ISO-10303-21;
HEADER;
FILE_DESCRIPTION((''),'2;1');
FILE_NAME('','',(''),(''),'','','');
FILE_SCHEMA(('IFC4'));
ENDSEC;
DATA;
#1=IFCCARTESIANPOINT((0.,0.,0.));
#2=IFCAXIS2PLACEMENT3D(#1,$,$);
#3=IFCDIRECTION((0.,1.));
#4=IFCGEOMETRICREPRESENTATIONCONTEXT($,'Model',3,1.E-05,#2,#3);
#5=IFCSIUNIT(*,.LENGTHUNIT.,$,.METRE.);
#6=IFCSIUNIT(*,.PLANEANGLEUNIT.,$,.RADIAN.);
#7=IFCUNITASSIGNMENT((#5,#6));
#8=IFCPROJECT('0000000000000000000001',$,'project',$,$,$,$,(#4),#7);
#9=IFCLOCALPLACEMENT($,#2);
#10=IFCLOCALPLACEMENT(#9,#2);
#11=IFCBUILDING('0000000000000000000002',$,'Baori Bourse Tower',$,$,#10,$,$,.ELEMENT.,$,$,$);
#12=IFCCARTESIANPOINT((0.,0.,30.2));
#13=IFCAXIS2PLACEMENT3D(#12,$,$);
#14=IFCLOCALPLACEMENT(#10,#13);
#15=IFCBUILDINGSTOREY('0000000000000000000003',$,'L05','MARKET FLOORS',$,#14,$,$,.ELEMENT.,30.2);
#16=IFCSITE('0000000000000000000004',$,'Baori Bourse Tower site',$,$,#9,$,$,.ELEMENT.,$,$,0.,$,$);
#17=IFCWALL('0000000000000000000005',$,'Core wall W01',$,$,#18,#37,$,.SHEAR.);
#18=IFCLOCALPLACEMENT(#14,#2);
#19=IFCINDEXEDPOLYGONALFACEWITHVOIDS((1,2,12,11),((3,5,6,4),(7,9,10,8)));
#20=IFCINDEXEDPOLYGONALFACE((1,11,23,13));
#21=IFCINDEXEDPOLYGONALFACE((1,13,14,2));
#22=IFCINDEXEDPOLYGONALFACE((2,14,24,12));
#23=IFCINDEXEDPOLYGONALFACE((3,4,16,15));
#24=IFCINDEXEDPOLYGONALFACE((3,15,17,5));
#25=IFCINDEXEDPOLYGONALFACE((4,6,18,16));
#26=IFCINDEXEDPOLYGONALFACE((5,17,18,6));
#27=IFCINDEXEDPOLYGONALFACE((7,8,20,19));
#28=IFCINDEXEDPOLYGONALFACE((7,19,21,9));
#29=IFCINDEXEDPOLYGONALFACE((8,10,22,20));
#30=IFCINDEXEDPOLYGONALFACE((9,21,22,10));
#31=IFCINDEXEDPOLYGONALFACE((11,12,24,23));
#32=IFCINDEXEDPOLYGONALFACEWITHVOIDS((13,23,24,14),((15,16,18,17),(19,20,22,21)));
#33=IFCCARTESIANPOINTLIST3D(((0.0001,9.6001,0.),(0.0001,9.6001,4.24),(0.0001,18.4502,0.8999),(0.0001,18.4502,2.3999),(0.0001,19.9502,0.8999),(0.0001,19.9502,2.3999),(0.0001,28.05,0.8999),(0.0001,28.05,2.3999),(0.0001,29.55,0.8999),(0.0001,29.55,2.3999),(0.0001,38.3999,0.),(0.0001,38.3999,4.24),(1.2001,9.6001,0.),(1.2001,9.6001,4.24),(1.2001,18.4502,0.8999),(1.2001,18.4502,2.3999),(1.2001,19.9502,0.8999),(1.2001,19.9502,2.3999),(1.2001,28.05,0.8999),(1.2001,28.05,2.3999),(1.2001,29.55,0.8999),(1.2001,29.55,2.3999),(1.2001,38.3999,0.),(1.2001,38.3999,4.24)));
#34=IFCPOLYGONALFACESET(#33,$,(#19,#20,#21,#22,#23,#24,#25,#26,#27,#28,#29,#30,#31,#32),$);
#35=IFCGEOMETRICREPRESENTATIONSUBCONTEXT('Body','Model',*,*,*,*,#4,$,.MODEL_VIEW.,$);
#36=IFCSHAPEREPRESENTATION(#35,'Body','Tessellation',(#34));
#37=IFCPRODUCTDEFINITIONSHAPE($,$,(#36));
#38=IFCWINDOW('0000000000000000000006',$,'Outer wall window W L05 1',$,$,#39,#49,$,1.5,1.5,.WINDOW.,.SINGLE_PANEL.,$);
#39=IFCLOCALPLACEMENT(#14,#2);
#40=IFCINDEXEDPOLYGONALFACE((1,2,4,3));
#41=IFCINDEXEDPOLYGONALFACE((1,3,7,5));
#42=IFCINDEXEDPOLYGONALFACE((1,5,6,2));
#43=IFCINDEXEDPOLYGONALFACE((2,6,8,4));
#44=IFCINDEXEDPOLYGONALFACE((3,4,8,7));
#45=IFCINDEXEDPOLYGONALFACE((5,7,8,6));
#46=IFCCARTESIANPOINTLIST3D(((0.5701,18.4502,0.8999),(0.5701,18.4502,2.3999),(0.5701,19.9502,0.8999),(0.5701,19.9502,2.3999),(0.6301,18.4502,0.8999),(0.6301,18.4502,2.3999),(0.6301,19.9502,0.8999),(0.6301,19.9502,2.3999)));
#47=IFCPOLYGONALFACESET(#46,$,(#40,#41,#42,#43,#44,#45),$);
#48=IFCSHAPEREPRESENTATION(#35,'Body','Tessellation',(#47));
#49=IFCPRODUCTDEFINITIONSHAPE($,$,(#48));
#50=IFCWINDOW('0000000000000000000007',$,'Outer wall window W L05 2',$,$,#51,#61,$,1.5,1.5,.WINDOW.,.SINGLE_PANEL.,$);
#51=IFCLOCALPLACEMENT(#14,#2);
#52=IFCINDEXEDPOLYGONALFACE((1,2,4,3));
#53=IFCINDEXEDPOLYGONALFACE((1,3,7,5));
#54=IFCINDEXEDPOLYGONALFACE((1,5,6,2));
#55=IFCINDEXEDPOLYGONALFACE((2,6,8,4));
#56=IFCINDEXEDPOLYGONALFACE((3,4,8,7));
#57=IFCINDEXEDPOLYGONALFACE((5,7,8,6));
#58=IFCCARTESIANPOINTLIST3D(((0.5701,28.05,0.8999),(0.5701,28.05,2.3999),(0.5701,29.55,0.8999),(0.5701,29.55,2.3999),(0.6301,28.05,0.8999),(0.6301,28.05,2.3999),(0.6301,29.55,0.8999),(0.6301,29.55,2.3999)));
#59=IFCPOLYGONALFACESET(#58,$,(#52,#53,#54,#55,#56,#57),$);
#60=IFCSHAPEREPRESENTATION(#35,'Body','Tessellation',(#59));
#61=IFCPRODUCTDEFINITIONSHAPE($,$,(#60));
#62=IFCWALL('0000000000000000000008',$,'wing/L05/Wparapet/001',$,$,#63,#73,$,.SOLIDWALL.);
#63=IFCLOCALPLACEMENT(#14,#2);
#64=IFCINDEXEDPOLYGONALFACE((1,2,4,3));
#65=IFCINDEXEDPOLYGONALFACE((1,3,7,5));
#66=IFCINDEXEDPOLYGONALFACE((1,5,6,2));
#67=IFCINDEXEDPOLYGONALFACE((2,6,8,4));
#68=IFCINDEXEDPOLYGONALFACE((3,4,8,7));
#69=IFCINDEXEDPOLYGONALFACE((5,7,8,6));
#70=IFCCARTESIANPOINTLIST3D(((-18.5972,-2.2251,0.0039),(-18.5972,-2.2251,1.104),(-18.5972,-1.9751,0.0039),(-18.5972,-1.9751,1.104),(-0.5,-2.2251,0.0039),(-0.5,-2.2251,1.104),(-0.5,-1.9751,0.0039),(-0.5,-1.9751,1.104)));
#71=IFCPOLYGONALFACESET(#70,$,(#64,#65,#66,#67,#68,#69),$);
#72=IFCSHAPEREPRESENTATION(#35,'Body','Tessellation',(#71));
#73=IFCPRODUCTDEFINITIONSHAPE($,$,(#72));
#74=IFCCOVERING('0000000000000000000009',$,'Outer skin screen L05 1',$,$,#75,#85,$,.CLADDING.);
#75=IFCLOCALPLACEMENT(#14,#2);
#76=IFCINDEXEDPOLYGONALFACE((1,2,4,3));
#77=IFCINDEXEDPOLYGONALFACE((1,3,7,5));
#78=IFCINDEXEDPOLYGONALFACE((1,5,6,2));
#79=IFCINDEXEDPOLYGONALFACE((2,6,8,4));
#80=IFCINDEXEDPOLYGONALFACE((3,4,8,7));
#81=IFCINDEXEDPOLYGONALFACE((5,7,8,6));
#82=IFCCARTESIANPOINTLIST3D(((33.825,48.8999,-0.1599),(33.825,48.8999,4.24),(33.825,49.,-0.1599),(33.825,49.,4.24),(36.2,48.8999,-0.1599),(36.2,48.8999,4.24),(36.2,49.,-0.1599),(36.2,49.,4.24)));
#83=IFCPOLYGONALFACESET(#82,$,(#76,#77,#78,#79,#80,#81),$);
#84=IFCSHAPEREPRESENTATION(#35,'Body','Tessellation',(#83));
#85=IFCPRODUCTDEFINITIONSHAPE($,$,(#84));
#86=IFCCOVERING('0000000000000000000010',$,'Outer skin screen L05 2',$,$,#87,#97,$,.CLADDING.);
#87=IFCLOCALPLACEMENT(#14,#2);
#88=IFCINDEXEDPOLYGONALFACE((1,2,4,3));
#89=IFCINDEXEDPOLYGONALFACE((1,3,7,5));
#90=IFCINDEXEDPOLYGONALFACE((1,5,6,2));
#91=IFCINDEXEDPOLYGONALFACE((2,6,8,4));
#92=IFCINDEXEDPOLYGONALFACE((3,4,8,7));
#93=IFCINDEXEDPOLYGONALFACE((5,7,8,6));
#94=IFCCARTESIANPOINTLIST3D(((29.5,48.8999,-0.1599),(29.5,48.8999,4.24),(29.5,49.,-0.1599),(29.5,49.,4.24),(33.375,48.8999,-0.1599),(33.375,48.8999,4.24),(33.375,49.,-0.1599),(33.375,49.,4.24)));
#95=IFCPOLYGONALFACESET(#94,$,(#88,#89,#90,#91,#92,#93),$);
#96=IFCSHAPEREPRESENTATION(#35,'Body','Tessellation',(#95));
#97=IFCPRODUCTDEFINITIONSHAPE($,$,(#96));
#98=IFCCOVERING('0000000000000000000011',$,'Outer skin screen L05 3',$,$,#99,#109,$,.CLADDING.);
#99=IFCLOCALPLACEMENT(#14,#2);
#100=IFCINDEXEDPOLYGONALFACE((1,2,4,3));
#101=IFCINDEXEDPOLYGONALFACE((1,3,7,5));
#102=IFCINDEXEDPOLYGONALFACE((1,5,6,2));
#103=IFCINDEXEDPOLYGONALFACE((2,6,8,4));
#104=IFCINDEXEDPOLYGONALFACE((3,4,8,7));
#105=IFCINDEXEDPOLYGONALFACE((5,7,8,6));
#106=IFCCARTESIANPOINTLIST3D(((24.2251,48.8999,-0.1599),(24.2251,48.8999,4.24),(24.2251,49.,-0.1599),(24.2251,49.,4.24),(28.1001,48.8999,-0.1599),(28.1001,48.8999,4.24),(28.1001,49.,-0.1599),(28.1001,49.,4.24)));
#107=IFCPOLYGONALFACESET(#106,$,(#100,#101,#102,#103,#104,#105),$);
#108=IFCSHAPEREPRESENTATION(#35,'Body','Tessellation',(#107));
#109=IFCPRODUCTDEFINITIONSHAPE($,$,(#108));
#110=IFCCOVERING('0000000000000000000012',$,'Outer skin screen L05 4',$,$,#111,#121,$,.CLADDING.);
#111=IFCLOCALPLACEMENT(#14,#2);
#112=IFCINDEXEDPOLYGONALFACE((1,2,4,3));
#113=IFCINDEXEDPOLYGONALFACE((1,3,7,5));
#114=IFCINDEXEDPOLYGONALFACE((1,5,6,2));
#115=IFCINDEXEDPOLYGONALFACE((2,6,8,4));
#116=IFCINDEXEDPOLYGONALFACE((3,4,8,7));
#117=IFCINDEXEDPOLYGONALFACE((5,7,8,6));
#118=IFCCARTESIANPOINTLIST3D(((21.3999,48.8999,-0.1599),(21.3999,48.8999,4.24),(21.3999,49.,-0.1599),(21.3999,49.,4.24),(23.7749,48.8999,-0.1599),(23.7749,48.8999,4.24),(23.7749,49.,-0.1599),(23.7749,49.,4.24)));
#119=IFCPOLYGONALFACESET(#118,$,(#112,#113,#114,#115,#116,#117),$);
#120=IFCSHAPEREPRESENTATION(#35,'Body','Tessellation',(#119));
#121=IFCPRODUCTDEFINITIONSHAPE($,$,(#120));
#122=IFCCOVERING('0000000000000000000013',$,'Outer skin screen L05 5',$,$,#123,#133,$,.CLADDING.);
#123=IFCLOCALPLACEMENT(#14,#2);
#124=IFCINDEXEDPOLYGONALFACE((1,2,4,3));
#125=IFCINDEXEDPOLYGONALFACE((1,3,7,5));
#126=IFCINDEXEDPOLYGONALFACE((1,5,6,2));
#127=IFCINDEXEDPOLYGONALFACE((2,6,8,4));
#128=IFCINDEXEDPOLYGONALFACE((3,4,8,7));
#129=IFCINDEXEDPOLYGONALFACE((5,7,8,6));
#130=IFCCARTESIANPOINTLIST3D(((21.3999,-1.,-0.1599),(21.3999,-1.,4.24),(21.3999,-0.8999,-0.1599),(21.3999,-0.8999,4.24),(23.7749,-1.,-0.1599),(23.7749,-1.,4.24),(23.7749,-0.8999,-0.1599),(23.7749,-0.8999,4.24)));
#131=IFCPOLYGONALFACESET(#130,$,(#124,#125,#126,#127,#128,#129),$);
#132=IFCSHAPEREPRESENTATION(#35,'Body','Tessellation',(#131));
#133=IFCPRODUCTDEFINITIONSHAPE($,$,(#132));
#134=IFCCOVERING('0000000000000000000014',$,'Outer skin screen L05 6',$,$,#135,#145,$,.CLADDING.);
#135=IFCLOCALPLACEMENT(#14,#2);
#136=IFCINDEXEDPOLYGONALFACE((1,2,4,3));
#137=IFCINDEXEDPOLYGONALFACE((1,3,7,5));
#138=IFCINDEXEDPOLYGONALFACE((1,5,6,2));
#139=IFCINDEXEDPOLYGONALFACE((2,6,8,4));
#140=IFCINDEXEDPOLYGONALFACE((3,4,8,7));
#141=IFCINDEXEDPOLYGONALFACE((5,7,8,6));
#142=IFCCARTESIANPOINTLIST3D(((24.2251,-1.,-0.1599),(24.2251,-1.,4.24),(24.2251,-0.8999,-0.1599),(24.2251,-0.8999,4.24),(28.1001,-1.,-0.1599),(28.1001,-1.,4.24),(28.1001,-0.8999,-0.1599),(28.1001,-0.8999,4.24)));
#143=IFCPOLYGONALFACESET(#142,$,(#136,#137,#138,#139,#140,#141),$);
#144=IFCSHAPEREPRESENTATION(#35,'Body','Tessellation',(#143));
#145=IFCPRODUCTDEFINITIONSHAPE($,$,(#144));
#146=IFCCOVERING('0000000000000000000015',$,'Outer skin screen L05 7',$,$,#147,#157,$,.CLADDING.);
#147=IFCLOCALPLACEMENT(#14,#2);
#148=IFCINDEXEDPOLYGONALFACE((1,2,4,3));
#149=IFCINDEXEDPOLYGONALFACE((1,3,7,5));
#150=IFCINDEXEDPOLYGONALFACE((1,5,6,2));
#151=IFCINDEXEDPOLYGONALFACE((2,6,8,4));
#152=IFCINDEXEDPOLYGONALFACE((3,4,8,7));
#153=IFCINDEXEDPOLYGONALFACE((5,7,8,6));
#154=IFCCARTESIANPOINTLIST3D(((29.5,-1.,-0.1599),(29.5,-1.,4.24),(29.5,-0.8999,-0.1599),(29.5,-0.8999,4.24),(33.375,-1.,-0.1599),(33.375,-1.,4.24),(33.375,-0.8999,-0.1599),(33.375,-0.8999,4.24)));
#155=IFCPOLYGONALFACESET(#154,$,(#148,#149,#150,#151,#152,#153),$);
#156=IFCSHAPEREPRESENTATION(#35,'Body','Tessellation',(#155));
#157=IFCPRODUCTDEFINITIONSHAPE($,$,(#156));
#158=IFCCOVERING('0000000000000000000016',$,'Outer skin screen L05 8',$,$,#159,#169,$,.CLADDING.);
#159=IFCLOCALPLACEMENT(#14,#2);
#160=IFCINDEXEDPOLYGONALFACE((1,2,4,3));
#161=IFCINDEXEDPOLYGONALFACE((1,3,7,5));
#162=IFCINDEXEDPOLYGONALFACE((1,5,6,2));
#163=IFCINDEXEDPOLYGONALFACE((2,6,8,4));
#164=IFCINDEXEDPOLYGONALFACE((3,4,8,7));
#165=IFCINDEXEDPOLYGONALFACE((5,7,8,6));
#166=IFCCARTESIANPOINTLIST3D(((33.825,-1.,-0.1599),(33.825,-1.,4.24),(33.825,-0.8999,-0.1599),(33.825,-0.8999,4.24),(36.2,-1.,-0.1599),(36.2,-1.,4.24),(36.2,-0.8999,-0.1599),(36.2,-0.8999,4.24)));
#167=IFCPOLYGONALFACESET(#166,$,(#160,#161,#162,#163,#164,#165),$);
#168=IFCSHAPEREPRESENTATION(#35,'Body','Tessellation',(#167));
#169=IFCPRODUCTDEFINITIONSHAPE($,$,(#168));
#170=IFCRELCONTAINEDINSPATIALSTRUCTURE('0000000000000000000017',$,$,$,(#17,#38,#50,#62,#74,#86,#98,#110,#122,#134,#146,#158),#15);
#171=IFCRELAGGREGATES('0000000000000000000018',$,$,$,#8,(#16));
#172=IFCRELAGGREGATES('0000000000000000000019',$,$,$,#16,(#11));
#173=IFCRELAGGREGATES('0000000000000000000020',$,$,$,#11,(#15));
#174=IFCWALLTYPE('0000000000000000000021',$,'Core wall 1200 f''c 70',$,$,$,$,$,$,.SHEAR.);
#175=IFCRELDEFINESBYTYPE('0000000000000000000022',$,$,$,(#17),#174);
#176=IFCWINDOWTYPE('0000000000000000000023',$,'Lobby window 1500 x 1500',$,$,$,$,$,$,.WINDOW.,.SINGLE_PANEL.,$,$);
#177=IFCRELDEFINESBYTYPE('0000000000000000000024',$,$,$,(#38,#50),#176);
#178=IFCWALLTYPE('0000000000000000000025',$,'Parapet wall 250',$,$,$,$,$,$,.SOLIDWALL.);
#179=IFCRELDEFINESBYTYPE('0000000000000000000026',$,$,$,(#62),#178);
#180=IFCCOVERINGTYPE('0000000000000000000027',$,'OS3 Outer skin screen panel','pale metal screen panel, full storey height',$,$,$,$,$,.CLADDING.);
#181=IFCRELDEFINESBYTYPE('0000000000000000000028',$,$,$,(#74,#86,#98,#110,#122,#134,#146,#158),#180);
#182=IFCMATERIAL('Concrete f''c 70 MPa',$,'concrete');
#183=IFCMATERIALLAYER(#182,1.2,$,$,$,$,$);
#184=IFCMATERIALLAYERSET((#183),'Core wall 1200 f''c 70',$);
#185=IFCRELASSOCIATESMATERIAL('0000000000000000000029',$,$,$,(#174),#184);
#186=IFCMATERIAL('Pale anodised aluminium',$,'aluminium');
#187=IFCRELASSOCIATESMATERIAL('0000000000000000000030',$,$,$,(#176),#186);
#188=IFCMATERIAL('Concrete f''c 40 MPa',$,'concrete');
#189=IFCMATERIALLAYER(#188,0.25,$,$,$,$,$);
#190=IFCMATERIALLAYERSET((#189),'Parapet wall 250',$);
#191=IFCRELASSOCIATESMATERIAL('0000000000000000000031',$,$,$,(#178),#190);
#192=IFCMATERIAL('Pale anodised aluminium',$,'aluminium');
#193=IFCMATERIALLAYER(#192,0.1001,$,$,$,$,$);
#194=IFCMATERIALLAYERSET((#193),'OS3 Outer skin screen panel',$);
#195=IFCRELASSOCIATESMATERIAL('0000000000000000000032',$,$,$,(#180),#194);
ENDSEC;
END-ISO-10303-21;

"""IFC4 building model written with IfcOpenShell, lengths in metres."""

from ifc_helpers import new_model, si_unit, direction, frame, frame_2d, origin, place, context, subcontext, project, spatial, polyline, rectangle, outline, extrude, material, layer, layer_set, type_object, element, fill, save


model = new_model("IFC4")

# Units and contexts
model_context = context("Model", 3, precision=1e-05, world=origin(), true_north=direction((0.0, 1.0)))
body_context = subcontext(model_context, "Body", "Model", "MODEL_VIEW")
ifc_project = project(units=[si_unit("LENGTHUNIT", "METRE"), si_unit("PLANEANGLEUNIT", "RADIAN")], contexts=[model_context])

# Site, building, storey
site_placement = place(None, origin())
site = spatial("IfcSite", under=ifc_project, at=site_placement, Name="Baori Bourse Tower site", CompositionType="ELEMENT", RefElevation=0.0)
building_placement = place(site_placement, origin())
building = spatial("IfcBuilding", under=site, at=building_placement, Name="Baori Bourse Tower", CompositionType="ELEMENT")
storey_placement = place(building_placement, frame((0.0, 0.0, 30.2)))
storey = spatial("IfcBuildingStorey", under=building, at=storey_placement, Name="L05", Description="MARKET FLOORS", CompositionType="ELEMENT", Elevation=30.2)

# Wall, openings, windows
ifc_material_1 = material(Name="Concrete f'c 70 MPa", Category="concrete")
ifc_layer_1 = layer(ifc_material_1, 1.2)
ifc_layer_set_1 = layer_set([ifc_layer_1], Name="Core wall 1200 f'c 70")
wall_type_1 = type_object("IfcWallType", Name="Core wall 1200 f'c 70", PredefinedType="SHEAR", material=ifc_layer_set_1)
wall_1_placement = place(storey_placement, frame((0.6001, 9.6001, 0.0), z_axis=(0.0, 0.0, 1.0), x_axis=(0.0, 1.0, 0.0)))
wall_1 = element("IfcWall", 1, at=wall_1_placement, inside=storey, type_object=wall_type_1, Name="Core wall W01", PredefinedType="SHEAR", context=body_context, shape_type="SweptSolid", body=[
    extrude(rectangle(XDim=28.7998, YDim=1.2, at=frame_2d((14.3999, 0.0))), origin(), (0.0, 0.0, 1.0), 4.24),
])
opening_1_placement = place(wall_1_placement, frame((8.8501, 0.0, 0.8999)))
opening_1 = element("IfcOpeningElement", 2, at=opening_1_placement, cuts=wall_1, PredefinedType="OPENING", context=body_context, shape_type="SweptSolid", body=[
    extrude(rectangle(XDim=1.5, YDim=1.5, at=frame_2d((0.75, 0.75))), frame((0.0, 0.6099, 0.0), z_axis=(0.0, -1.0, 0.0), x_axis=(1.0, 0.0, 0.0)), (0.0, 0.0, 1.0), 1.22),
])
opening_2_placement = place(wall_1_placement, frame((18.45, 0.0, 0.8999)))
opening_2 = element("IfcOpeningElement", 3, at=opening_2_placement, cuts=wall_1, PredefinedType="OPENING", context=body_context, shape_type="SweptSolid", body=[
    extrude(rectangle(XDim=1.5, YDim=1.5, at=frame_2d((0.75, 0.75))), frame((0.0, 0.6099, 0.0), z_axis=(0.0, -1.0, 0.0), x_axis=(1.0, 0.0, 0.0)), (0.0, 0.0, 1.0), 1.22),
])
ifc_material_2 = material(Name="Pale anodised aluminium", Category="aluminium")
window_type = type_object("IfcWindowType", Name="Lobby window 1500 x 1500", PartitioningType="SINGLE_PANEL", PredefinedType="WINDOW", material=ifc_material_2)
window_1_placement = place(opening_1_placement, origin())
window_1 = element("IfcWindow", 4, at=window_1_placement, inside=storey, type_object=window_type, Name="Outer wall window W L05 1", OverallHeight=1.5, OverallWidth=1.5, PartitioningType="SINGLE_PANEL", PredefinedType="WINDOW", context=body_context, shape_type="SweptSolid", body=[
    extrude(rectangle(XDim=1.5, YDim=1.5, at=frame_2d((0.75, 0.75))), frame((0.0, 0.03, 0.0), z_axis=(0.0, -1.0, 0.0), x_axis=(1.0, 0.0, 0.0)), (0.0, 0.0, 1.0), 0.0601),
])
fill(opening_1, window_1)
window_2_placement = place(opening_2_placement, origin())
window_2 = element("IfcWindow", 5, at=window_2_placement, inside=storey, type_object=window_type, Name="Outer wall window W L05 2", OverallHeight=1.5, OverallWidth=1.5, PartitioningType="SINGLE_PANEL", PredefinedType="WINDOW", context=body_context, shape_type="SweptSolid", body=[
    extrude(rectangle(XDim=1.5, YDim=1.5, at=frame_2d((0.75, 0.75))), frame((0.0, 0.03, 0.0), z_axis=(0.0, -1.0, 0.0), x_axis=(1.0, 0.0, 0.0)), (0.0, 0.0, 1.0), 0.0601),
])
fill(opening_2, window_2)

# Wall
ifc_material_3 = material(Name="Concrete f'c 40 MPa", Category="concrete")
ifc_layer_2 = layer(ifc_material_3, 0.25)
ifc_layer_set_2 = layer_set([ifc_layer_2], Name="Parapet wall 250")
wall_type_2 = type_object("IfcWallType", Name="Parapet wall 250", PredefinedType="SOLIDWALL", material=ifc_layer_set_2)
wall_2_placement = place(storey_placement, frame((-0.5, -2.1001, 0.0039), z_axis=(0.0, 0.0, 1.0), x_axis=(-1.0, 0.0, 0.0)))
element("IfcWall", 6, at=wall_2_placement, inside=storey, type_object=wall_type_2, Name="wing/L05/Wparapet/001", PredefinedType="SOLIDWALL", context=body_context, shape_type="SweptSolid", body=[
    extrude(rectangle(XDim=18.0972, YDim=0.25, at=frame_2d((9.0486, 0.0))), origin(), (0.0, 0.0, 1.0), 1.1001),
])

# Coverings
ifc_material_4 = material(Name="Pale anodised aluminium", Category="aluminium")
ifc_layer_3 = layer(ifc_material_4, 0.1001)
ifc_layer_set_3 = layer_set([ifc_layer_3], Name="OS3 Outer skin screen panel")
covering_type = type_object("IfcCoveringType", Name="OS3 Outer skin screen panel", Description="pale metal screen panel, full storey height", PredefinedType="CLADDING", material=ifc_layer_set_3)
covering_1_placement = place(storey_placement, frame((0.0, 0.0, -0.1599)))
element("IfcCovering", 7, at=covering_1_placement, inside=storey, type_object=covering_type, Name="Outer skin screen L05 1", PredefinedType="CLADDING", context=body_context, shape_type="SweptSolid", body=[
    extrude(outline(polyline([(33.825, 48.8999), (36.2, 48.8999), (36.2, 49.0), (33.825, 49.0), (33.825, 48.8999)])), origin(), (0.0, 0.0, 1.0), 4.3999),
])
covering_2_placement = place(storey_placement, frame((0.0, 0.0, -0.1599)))
element("IfcCovering", 8, at=covering_2_placement, inside=storey, type_object=covering_type, Name="Outer skin screen L05 2", PredefinedType="CLADDING", context=body_context, shape_type="SweptSolid", body=[
    extrude(outline(polyline([(29.5, 48.8999), (33.375, 48.8999), (33.375, 49.0), (29.5, 49.0), (29.5, 48.8999)])), origin(), (0.0, 0.0, 1.0), 4.3999),
])
covering_3_placement = place(storey_placement, frame((0.0, 0.0, -0.1599)))
element("IfcCovering", 9, at=covering_3_placement, inside=storey, type_object=covering_type, Name="Outer skin screen L05 3", PredefinedType="CLADDING", context=body_context, shape_type="SweptSolid", body=[
    extrude(outline(polyline([(24.2251, 48.8999), (28.1001, 48.8999), (28.1001, 49.0), (24.2251, 49.0), (24.2251, 48.8999)])), origin(), (0.0, 0.0, 1.0), 4.3999),
])
covering_4_placement = place(storey_placement, frame((0.0, 0.0, -0.1599)))
element("IfcCovering", 10, at=covering_4_placement, inside=storey, type_object=covering_type, Name="Outer skin screen L05 4", PredefinedType="CLADDING", context=body_context, shape_type="SweptSolid", body=[
    extrude(outline(polyline([(21.3999, 48.8999), (23.7749, 48.8999), (23.7749, 49.0), (21.3999, 49.0), (21.3999, 48.8999)])), origin(), (0.0, 0.0, 1.0), 4.3999),
])
covering_5_placement = place(storey_placement, frame((0.0, 0.0, -0.1599)))
element("IfcCovering", 11, at=covering_5_placement, inside=storey, type_object=covering_type, Name="Outer skin screen L05 5", PredefinedType="CLADDING", context=body_context, shape_type="SweptSolid", body=[
    extrude(outline(polyline([(23.7749, -0.8999), (21.3999, -0.8999), (21.3999, -1.0), (23.7749, -1.0), (23.7749, -0.8999)])), origin(), (0.0, 0.0, 1.0), 4.3999),
])
covering_6_placement = place(storey_placement, frame((0.0, 0.0, -0.1599)))
element("IfcCovering", 12, at=covering_6_placement, inside=storey, type_object=covering_type, Name="Outer skin screen L05 6", PredefinedType="CLADDING", context=body_context, shape_type="SweptSolid", body=[
    extrude(outline(polyline([(28.1001, -0.8999), (24.2251, -0.8999), (24.2251, -1.0), (28.1001, -1.0), (28.1001, -0.8999)])), origin(), (0.0, 0.0, 1.0), 4.3999),
])
covering_7_placement = place(storey_placement, frame((0.0, 0.0, -0.1599)))
element("IfcCovering", 13, at=covering_7_placement, inside=storey, type_object=covering_type, Name="Outer skin screen L05 7", PredefinedType="CLADDING", context=body_context, shape_type="SweptSolid", body=[
    extrude(outline(polyline([(33.375, -0.8999), (29.5, -0.8999), (29.5, -1.0), (33.375, -1.0), (33.375, -0.8999)])), origin(), (0.0, 0.0, 1.0), 4.3999),
])
covering_8_placement = place(storey_placement, frame((0.0, 0.0, -0.1599)))
element("IfcCovering", 14, at=covering_8_placement, inside=storey, type_object=covering_type, Name="Outer skin screen L05 8", PredefinedType="CLADDING", context=body_context, shape_type="SweptSolid", body=[
    extrude(outline(polyline([(36.2, -0.8999), (33.825, -0.8999), (33.825, -1.0), (36.2, -1.0), (36.2, -0.8999)])), origin(), (0.0, 0.0, 1.0), 4.3999),
])

save(model, "model.ifc")
